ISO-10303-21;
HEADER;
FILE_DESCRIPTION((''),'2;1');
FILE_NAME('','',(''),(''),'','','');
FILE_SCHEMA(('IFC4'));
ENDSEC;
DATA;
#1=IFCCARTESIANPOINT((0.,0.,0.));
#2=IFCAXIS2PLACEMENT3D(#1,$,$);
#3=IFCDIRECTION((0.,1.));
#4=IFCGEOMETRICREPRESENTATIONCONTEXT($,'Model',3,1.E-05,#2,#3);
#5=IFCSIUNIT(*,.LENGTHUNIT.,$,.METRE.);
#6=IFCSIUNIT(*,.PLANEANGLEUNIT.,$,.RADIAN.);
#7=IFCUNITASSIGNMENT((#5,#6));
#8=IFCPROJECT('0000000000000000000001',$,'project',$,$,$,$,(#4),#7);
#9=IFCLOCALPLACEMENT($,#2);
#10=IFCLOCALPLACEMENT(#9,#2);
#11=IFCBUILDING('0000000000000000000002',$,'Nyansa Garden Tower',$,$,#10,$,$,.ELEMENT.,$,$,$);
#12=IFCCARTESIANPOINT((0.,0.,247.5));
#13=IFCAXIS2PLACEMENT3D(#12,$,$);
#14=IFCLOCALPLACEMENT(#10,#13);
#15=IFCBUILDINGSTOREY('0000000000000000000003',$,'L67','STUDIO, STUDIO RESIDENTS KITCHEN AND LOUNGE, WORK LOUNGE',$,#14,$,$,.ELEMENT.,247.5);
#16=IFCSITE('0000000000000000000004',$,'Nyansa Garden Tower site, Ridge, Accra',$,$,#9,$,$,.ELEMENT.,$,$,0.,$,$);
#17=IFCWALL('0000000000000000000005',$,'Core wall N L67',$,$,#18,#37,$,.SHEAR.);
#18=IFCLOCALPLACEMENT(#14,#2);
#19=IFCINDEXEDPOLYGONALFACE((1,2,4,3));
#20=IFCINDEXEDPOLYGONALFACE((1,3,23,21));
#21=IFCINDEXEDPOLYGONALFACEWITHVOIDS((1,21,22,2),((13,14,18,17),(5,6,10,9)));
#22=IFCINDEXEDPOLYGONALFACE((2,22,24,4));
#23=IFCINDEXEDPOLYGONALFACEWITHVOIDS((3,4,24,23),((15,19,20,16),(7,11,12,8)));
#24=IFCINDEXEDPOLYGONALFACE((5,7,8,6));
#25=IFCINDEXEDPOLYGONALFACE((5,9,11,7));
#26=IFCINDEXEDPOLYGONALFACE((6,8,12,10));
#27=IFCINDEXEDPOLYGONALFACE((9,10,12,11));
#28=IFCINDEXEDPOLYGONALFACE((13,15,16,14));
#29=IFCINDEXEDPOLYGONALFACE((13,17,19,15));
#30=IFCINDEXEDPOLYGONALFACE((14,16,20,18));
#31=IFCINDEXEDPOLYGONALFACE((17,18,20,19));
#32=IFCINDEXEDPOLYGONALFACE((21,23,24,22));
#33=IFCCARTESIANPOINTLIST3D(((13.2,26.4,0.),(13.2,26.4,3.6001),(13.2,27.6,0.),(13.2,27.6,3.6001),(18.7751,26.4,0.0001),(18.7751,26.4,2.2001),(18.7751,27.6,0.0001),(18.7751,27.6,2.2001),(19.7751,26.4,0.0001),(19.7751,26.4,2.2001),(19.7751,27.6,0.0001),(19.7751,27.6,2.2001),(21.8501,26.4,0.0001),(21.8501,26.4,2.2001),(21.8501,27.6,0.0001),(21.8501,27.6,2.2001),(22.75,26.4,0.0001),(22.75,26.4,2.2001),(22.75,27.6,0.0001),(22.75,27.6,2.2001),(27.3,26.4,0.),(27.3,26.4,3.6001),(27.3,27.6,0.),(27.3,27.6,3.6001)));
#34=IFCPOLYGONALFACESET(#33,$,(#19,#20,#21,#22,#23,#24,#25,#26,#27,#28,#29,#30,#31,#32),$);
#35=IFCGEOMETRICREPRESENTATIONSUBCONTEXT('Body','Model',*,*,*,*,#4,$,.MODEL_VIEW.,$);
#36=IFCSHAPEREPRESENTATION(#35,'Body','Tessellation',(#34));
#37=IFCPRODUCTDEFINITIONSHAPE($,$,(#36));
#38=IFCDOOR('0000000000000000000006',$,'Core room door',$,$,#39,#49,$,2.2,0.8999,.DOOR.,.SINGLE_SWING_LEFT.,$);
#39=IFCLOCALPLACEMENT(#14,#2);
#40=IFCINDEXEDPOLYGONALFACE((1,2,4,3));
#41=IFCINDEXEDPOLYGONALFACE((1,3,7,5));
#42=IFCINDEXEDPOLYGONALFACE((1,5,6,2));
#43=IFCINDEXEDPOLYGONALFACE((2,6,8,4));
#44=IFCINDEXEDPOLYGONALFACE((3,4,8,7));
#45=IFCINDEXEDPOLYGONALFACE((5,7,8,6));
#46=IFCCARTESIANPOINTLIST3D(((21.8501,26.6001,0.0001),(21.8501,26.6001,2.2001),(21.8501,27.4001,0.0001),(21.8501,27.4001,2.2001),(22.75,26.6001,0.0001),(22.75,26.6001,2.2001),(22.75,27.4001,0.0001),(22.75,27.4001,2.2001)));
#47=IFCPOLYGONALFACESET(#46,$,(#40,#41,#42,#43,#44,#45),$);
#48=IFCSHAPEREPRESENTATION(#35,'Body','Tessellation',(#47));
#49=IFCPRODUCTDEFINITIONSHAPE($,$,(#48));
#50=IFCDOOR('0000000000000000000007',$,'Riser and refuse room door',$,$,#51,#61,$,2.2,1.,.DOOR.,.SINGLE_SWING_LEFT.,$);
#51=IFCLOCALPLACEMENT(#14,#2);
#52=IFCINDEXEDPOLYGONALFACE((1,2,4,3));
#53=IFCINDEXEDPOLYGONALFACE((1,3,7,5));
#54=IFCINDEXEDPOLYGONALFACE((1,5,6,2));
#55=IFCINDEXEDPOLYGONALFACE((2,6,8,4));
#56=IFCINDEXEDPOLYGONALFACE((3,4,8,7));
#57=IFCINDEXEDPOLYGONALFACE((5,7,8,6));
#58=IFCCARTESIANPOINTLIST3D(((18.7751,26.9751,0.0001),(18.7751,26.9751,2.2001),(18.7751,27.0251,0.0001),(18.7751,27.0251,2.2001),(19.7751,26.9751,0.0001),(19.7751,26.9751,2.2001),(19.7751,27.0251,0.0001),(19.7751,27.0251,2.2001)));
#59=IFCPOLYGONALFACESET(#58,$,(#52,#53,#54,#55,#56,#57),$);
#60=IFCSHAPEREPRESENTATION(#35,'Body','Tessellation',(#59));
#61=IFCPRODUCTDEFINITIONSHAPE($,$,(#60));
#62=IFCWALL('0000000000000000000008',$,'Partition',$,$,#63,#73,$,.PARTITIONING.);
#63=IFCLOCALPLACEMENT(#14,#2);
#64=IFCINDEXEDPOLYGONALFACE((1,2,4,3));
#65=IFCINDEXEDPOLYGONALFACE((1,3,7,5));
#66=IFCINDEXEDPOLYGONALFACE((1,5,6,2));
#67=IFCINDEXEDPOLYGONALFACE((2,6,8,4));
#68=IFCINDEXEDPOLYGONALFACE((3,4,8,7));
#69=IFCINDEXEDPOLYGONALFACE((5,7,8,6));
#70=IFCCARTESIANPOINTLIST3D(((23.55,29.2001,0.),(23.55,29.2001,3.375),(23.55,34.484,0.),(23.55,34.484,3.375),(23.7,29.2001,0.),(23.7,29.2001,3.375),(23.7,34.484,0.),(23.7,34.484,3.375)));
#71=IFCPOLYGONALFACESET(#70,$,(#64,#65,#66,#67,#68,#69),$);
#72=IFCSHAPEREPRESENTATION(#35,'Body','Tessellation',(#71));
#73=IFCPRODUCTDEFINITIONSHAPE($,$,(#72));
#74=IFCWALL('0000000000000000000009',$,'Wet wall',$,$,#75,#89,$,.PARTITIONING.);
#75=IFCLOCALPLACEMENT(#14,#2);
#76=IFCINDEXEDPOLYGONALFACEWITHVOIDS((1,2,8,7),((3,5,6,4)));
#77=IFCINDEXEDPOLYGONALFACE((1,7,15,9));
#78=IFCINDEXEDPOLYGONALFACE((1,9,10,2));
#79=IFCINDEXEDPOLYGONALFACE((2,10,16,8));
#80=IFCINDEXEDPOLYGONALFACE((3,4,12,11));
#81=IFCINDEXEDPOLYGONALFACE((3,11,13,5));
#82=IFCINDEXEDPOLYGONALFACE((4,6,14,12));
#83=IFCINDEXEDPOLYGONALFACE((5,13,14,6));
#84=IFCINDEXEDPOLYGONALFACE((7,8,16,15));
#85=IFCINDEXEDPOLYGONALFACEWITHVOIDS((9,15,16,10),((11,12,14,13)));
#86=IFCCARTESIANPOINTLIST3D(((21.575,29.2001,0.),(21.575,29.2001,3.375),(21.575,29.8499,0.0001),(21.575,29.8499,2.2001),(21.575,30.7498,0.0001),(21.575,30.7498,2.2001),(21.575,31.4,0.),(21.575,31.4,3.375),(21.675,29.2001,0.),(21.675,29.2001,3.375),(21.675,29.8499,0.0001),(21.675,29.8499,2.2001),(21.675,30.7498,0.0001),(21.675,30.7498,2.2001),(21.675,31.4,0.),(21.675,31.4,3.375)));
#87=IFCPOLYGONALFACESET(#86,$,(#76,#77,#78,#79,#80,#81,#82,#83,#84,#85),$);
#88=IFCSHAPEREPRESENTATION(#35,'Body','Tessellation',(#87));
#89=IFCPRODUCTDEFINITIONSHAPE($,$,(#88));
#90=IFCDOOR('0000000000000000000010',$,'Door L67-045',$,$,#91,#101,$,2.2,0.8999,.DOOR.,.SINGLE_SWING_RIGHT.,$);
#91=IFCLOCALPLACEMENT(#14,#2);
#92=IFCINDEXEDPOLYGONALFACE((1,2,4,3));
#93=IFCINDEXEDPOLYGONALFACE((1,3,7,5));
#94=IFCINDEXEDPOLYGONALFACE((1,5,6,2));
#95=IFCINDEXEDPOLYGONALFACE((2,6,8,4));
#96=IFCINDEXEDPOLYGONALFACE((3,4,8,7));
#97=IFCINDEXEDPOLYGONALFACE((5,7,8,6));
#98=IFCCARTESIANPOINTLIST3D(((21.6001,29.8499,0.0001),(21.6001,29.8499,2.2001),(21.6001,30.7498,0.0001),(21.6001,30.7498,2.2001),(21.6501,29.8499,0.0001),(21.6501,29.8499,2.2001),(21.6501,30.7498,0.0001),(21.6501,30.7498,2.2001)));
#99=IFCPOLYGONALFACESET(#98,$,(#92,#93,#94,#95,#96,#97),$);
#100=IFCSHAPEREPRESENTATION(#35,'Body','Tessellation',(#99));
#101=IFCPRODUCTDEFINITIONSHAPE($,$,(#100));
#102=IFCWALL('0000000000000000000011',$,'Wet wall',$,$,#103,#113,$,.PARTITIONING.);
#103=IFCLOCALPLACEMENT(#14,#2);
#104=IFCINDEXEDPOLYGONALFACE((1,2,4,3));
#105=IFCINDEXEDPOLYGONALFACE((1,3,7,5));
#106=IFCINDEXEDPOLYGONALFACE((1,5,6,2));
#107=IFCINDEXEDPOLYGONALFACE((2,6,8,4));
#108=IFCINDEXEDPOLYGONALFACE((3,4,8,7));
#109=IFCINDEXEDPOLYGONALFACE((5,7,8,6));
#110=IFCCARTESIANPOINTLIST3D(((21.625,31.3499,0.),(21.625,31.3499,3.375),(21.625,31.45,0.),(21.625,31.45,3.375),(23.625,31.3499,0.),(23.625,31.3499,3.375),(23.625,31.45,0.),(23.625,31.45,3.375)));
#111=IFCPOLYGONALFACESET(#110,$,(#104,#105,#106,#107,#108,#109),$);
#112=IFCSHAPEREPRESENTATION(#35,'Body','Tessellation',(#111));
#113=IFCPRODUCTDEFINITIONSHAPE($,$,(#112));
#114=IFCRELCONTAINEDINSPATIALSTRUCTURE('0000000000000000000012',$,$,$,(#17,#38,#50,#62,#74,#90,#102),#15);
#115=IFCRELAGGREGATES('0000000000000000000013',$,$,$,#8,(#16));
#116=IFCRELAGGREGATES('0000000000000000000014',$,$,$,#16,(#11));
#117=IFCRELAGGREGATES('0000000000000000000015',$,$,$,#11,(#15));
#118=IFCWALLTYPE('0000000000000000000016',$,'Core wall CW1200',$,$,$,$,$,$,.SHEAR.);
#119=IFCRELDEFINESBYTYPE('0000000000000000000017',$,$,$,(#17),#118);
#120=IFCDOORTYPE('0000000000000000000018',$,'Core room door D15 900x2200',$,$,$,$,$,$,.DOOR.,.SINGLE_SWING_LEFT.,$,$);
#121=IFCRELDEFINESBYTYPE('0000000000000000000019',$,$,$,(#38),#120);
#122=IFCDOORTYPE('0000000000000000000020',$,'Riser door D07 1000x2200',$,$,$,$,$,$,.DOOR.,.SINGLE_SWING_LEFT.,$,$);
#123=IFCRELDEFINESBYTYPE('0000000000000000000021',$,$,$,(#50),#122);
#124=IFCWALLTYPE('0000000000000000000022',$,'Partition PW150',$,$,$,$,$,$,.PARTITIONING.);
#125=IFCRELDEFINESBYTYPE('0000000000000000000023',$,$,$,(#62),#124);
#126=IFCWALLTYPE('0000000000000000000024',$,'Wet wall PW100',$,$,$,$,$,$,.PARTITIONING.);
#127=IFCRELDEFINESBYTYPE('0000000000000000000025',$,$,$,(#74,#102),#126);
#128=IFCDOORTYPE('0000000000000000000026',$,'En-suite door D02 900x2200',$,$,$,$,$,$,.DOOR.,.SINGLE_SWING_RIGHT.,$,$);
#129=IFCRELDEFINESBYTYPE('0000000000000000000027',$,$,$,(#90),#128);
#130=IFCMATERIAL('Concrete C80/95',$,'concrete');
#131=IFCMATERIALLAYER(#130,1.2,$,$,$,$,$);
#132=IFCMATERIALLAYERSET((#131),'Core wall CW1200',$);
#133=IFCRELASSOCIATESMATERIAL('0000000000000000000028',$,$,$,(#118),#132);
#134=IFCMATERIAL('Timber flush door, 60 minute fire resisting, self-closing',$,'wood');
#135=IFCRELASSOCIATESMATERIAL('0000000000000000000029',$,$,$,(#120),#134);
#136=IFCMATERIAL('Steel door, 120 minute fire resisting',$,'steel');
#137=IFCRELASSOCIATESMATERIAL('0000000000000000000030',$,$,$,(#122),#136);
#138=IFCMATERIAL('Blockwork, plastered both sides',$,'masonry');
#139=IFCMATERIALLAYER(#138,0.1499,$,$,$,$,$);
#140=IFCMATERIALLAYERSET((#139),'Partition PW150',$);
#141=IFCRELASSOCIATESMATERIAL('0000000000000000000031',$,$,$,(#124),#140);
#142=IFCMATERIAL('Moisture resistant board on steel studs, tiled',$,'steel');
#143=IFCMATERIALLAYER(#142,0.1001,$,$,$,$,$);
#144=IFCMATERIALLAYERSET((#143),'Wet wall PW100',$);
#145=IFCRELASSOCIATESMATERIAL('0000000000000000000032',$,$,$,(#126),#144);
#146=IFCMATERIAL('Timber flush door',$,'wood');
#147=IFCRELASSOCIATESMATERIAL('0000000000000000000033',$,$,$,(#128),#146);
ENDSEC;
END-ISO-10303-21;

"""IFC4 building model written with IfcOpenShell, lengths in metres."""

from ifc_helpers import new_model, si_unit, direction, frame, frame_2d, origin, place, context, subcontext, project, spatial, rectangle, extrude, material, layer, layer_set, type_object, element, fill, save


model = new_model("IFC4")

# Units and contexts
model_context = context("Model", 3, precision=1e-05, world=origin(), true_north=direction((0.0, 1.0)))
body_context = subcontext(model_context, "Body", "Model", "MODEL_VIEW")
ifc_project = project(units=[si_unit("LENGTHUNIT", "METRE"), si_unit("PLANEANGLEUNIT", "RADIAN")], contexts=[model_context])

# Site, building, storey
site_placement = place(None, origin())
site = spatial("IfcSite", under=ifc_project, at=site_placement, Name="Nyansa Garden Tower site, Ridge, Accra", CompositionType="ELEMENT", RefElevation=0.0)
building_placement = place(site_placement, origin())
building = spatial("IfcBuilding", under=site, at=building_placement, Name="Nyansa Garden Tower", CompositionType="ELEMENT")
storey_placement = place(building_placement, frame((0.0, 0.0, 247.5)))
storey = spatial("IfcBuildingStorey", under=building, at=storey_placement, Name="L67", Description="STUDIO, STUDIO RESIDENTS KITCHEN AND LOUNGE, WORK LOUNGE", CompositionType="ELEMENT", Elevation=247.5)

# Wall, openings, doors
ifc_material_1 = material(Name="Concrete C80/95", Category="concrete")
ifc_layer_1 = layer(ifc_material_1, 1.2)
ifc_layer_set_1 = layer_set([ifc_layer_1], Name="Core wall CW1200")
wall_type_1 = type_object("IfcWallType", Name="Core wall CW1200", PredefinedType="SHEAR", material=ifc_layer_set_1)
wall_1_placement = place(storey_placement, frame((27.3, 27.0, 0.0), z_axis=(0.0, 0.0, 1.0), x_axis=(-1.0, 0.0, 0.0)))
wall_1 = element("IfcWall", 1, at=wall_1_placement, inside=storey, type_object=wall_type_1, Name="Core wall N L67", PredefinedType="SHEAR", context=body_context, shape_type="SweptSolid", body=[
    extrude(rectangle(XDim=14.1001, YDim=1.2, at=frame_2d((7.05, 0.0))), origin(), (0.0, 0.0, 1.0), 3.6001),
])
opening_1_placement = place(wall_1_placement, frame((4.55, 0.0, 0.0)))
opening_1 = element("IfcOpeningElement", 2, at=opening_1_placement, cuts=wall_1, PredefinedType="OPENING", context=body_context, shape_type="SweptSolid", body=[
    extrude(rectangle(XDim=0.8999, YDim=2.2, at=frame_2d((0.45, 1.1001))), frame((0.0, 0.6099, 0.0), z_axis=(0.0, -1.0, 0.0), x_axis=(1.0, 0.0, 0.0)), (0.0, 0.0, 1.0), 1.22),
])
opening_2_placement = place(wall_1_placement, frame((7.5249, 0.0, 0.0)))
opening_2 = element("IfcOpeningElement", 3, at=opening_2_placement, cuts=wall_1, PredefinedType="OPENING", context=body_context, shape_type="SweptSolid", body=[
    extrude(rectangle(XDim=1.0, YDim=2.2, at=frame_2d((0.5, 1.1001))), frame((0.0, 0.6099, 0.0), z_axis=(0.0, -1.0, 0.0), x_axis=(1.0, 0.0, 0.0)), (0.0, 0.0, 1.0), 1.22),
])
ifc_material_2 = material(Name="Timber flush door, 60 minute fire resisting, self-closing", Category="wood")
door_type_1 = type_object("IfcDoorType", Name="Core room door D15 900x2200", OperationType="SINGLE_SWING_LEFT", PredefinedType="DOOR", material=ifc_material_2)
door_1_placement = place(opening_1_placement, origin())
door_1 = element("IfcDoor", 4, at=door_1_placement, inside=storey, type_object=door_type_1, Name="Core room door", OperationType="SINGLE_SWING_LEFT", OverallHeight=2.2, OverallWidth=0.8999, PredefinedType="DOOR", context=body_context, shape_type="SweptSolid", body=[
    extrude(rectangle(XDim=0.8999, YDim=2.2, at=frame_2d((0.45, 1.1001))), frame((0.0, 0.3999, 0.0), z_axis=(0.0, -1.0, 0.0), x_axis=(1.0, 0.0, 0.0)), (0.0, 0.0, 1.0), 0.8),
])
fill(opening_1, door_1)
ifc_material_3 = material(Name="Steel door, 120 minute fire resisting", Category="steel")
door_type_2 = type_object("IfcDoorType", Name="Riser door D07 1000x2200", OperationType="SINGLE_SWING_LEFT", PredefinedType="DOOR", material=ifc_material_3)
door_2_placement = place(opening_2_placement, origin())
door_2 = element("IfcDoor", 5, at=door_2_placement, inside=storey, type_object=door_type_2, Name="Riser and refuse room door", OperationType="SINGLE_SWING_LEFT", OverallHeight=2.2, OverallWidth=1.0, PredefinedType="DOOR", context=body_context, shape_type="SweptSolid", body=[
    extrude(rectangle(XDim=1.0, YDim=2.2, at=frame_2d((0.5, 1.1001))), frame((0.0, 0.0249, 0.0), z_axis=(0.0, -1.0, 0.0), x_axis=(1.0, 0.0, 0.0)), (0.0, 0.0, 1.0), 0.05),
])
fill(opening_2, door_2)

# Wall
ifc_material_4 = material(Name="Blockwork, plastered both sides", Category="masonry")
ifc_layer_2 = layer(ifc_material_4, 0.1499)
ifc_layer_set_2 = layer_set([ifc_layer_2], Name="Partition PW150")
wall_type_2 = type_object("IfcWallType", Name="Partition PW150", PredefinedType="PARTITIONING", material=ifc_layer_set_2)
wall_2_placement = place(storey_placement, frame((23.625, 29.2, 0.0), z_axis=(0.0, 0.0, 1.0), x_axis=(0.0, 1.0, 0.0)))
element("IfcWall", 6, at=wall_2_placement, inside=storey, type_object=wall_type_2, Name="Partition", PredefinedType="PARTITIONING", context=body_context, shape_type="SweptSolid", body=[
    extrude(rectangle(XDim=5.2839, YDim=0.1499, at=frame_2d((2.6421, 0.0))), origin(), (0.0, 0.0, 1.0), 3.375),
])

# Wall, opening, door
ifc_material_5 = material(Name="Moisture resistant board on steel studs, tiled", Category="steel")
ifc_layer_3 = layer(ifc_material_5, 0.1001)
ifc_layer_set_3 = layer_set([ifc_layer_3], Name="Wet wall PW100")
wall_type_3 = type_object("IfcWallType", Name="Wet wall PW100", PredefinedType="PARTITIONING", material=ifc_layer_set_3)
wall_3_placement = place(storey_placement, frame((21.625, 29.2, 0.0), z_axis=(0.0, 0.0, 1.0), x_axis=(0.0, 1.0, 0.0)))
wall_3 = element("IfcWall", 7, at=wall_3_placement, inside=storey, type_object=wall_type_3, Name="Wet wall", PredefinedType="PARTITIONING", context=body_context, shape_type="SweptSolid", body=[
    extrude(rectangle(XDim=2.2, YDim=0.1001, at=frame_2d((1.1001, 0.0))), origin(), (0.0, 0.0, 1.0), 3.375),
])
opening_3_placement = place(wall_3_placement, frame((0.6499, 0.0, 0.0)))
opening_3 = element("IfcOpeningElement", 8, at=opening_3_placement, cuts=wall_3, PredefinedType="OPENING", context=body_context, shape_type="SweptSolid", body=[
    extrude(rectangle(XDim=0.8999, YDim=2.2, at=frame_2d((0.45, 1.1001))), frame((0.0, 0.0601, 0.0), z_axis=(0.0, -1.0, 0.0), x_axis=(1.0, 0.0, 0.0)), (0.0, 0.0, 1.0), 0.1201),
])
ifc_material_6 = material(Name="Timber flush door", Category="wood")
door_type_3 = type_object("IfcDoorType", Name="En-suite door D02 900x2200", OperationType="SINGLE_SWING_RIGHT", PredefinedType="DOOR", material=ifc_material_6)
door_3_placement = place(opening_3_placement, origin())
door_3 = element("IfcDoor", 9, at=door_3_placement, inside=storey, type_object=door_type_3, Name="Door L67-045", OperationType="SINGLE_SWING_RIGHT", OverallHeight=2.2, OverallWidth=0.8999, PredefinedType="DOOR", context=body_context, shape_type="SweptSolid", body=[
    extrude(rectangle(XDim=0.8999, YDim=2.2, at=frame_2d((0.45, 1.1001))), frame((0.0, 0.0249, 0.0), z_axis=(0.0, -1.0, 0.0), x_axis=(1.0, 0.0, 0.0)), (0.0, 0.0, 1.0), 0.05),
])
fill(opening_3, door_3)

# Wall
wall_4_placement = place(storey_placement, frame((21.625, 31.3999, 0.0), z_axis=(0.0, 0.0, 1.0), x_axis=(1.0, 0.0, 0.0)))
element("IfcWall", 10, at=wall_4_placement, inside=storey, type_object=wall_type_3, Name="Wet wall", PredefinedType="PARTITIONING", context=body_context, shape_type="SweptSolid", body=[
    extrude(rectangle(XDim=2.0, YDim=0.1001, at=frame_2d((1.0, 0.0))), origin(), (0.0, 0.0, 1.0), 3.375),
])

save(model, "model.ifc")
